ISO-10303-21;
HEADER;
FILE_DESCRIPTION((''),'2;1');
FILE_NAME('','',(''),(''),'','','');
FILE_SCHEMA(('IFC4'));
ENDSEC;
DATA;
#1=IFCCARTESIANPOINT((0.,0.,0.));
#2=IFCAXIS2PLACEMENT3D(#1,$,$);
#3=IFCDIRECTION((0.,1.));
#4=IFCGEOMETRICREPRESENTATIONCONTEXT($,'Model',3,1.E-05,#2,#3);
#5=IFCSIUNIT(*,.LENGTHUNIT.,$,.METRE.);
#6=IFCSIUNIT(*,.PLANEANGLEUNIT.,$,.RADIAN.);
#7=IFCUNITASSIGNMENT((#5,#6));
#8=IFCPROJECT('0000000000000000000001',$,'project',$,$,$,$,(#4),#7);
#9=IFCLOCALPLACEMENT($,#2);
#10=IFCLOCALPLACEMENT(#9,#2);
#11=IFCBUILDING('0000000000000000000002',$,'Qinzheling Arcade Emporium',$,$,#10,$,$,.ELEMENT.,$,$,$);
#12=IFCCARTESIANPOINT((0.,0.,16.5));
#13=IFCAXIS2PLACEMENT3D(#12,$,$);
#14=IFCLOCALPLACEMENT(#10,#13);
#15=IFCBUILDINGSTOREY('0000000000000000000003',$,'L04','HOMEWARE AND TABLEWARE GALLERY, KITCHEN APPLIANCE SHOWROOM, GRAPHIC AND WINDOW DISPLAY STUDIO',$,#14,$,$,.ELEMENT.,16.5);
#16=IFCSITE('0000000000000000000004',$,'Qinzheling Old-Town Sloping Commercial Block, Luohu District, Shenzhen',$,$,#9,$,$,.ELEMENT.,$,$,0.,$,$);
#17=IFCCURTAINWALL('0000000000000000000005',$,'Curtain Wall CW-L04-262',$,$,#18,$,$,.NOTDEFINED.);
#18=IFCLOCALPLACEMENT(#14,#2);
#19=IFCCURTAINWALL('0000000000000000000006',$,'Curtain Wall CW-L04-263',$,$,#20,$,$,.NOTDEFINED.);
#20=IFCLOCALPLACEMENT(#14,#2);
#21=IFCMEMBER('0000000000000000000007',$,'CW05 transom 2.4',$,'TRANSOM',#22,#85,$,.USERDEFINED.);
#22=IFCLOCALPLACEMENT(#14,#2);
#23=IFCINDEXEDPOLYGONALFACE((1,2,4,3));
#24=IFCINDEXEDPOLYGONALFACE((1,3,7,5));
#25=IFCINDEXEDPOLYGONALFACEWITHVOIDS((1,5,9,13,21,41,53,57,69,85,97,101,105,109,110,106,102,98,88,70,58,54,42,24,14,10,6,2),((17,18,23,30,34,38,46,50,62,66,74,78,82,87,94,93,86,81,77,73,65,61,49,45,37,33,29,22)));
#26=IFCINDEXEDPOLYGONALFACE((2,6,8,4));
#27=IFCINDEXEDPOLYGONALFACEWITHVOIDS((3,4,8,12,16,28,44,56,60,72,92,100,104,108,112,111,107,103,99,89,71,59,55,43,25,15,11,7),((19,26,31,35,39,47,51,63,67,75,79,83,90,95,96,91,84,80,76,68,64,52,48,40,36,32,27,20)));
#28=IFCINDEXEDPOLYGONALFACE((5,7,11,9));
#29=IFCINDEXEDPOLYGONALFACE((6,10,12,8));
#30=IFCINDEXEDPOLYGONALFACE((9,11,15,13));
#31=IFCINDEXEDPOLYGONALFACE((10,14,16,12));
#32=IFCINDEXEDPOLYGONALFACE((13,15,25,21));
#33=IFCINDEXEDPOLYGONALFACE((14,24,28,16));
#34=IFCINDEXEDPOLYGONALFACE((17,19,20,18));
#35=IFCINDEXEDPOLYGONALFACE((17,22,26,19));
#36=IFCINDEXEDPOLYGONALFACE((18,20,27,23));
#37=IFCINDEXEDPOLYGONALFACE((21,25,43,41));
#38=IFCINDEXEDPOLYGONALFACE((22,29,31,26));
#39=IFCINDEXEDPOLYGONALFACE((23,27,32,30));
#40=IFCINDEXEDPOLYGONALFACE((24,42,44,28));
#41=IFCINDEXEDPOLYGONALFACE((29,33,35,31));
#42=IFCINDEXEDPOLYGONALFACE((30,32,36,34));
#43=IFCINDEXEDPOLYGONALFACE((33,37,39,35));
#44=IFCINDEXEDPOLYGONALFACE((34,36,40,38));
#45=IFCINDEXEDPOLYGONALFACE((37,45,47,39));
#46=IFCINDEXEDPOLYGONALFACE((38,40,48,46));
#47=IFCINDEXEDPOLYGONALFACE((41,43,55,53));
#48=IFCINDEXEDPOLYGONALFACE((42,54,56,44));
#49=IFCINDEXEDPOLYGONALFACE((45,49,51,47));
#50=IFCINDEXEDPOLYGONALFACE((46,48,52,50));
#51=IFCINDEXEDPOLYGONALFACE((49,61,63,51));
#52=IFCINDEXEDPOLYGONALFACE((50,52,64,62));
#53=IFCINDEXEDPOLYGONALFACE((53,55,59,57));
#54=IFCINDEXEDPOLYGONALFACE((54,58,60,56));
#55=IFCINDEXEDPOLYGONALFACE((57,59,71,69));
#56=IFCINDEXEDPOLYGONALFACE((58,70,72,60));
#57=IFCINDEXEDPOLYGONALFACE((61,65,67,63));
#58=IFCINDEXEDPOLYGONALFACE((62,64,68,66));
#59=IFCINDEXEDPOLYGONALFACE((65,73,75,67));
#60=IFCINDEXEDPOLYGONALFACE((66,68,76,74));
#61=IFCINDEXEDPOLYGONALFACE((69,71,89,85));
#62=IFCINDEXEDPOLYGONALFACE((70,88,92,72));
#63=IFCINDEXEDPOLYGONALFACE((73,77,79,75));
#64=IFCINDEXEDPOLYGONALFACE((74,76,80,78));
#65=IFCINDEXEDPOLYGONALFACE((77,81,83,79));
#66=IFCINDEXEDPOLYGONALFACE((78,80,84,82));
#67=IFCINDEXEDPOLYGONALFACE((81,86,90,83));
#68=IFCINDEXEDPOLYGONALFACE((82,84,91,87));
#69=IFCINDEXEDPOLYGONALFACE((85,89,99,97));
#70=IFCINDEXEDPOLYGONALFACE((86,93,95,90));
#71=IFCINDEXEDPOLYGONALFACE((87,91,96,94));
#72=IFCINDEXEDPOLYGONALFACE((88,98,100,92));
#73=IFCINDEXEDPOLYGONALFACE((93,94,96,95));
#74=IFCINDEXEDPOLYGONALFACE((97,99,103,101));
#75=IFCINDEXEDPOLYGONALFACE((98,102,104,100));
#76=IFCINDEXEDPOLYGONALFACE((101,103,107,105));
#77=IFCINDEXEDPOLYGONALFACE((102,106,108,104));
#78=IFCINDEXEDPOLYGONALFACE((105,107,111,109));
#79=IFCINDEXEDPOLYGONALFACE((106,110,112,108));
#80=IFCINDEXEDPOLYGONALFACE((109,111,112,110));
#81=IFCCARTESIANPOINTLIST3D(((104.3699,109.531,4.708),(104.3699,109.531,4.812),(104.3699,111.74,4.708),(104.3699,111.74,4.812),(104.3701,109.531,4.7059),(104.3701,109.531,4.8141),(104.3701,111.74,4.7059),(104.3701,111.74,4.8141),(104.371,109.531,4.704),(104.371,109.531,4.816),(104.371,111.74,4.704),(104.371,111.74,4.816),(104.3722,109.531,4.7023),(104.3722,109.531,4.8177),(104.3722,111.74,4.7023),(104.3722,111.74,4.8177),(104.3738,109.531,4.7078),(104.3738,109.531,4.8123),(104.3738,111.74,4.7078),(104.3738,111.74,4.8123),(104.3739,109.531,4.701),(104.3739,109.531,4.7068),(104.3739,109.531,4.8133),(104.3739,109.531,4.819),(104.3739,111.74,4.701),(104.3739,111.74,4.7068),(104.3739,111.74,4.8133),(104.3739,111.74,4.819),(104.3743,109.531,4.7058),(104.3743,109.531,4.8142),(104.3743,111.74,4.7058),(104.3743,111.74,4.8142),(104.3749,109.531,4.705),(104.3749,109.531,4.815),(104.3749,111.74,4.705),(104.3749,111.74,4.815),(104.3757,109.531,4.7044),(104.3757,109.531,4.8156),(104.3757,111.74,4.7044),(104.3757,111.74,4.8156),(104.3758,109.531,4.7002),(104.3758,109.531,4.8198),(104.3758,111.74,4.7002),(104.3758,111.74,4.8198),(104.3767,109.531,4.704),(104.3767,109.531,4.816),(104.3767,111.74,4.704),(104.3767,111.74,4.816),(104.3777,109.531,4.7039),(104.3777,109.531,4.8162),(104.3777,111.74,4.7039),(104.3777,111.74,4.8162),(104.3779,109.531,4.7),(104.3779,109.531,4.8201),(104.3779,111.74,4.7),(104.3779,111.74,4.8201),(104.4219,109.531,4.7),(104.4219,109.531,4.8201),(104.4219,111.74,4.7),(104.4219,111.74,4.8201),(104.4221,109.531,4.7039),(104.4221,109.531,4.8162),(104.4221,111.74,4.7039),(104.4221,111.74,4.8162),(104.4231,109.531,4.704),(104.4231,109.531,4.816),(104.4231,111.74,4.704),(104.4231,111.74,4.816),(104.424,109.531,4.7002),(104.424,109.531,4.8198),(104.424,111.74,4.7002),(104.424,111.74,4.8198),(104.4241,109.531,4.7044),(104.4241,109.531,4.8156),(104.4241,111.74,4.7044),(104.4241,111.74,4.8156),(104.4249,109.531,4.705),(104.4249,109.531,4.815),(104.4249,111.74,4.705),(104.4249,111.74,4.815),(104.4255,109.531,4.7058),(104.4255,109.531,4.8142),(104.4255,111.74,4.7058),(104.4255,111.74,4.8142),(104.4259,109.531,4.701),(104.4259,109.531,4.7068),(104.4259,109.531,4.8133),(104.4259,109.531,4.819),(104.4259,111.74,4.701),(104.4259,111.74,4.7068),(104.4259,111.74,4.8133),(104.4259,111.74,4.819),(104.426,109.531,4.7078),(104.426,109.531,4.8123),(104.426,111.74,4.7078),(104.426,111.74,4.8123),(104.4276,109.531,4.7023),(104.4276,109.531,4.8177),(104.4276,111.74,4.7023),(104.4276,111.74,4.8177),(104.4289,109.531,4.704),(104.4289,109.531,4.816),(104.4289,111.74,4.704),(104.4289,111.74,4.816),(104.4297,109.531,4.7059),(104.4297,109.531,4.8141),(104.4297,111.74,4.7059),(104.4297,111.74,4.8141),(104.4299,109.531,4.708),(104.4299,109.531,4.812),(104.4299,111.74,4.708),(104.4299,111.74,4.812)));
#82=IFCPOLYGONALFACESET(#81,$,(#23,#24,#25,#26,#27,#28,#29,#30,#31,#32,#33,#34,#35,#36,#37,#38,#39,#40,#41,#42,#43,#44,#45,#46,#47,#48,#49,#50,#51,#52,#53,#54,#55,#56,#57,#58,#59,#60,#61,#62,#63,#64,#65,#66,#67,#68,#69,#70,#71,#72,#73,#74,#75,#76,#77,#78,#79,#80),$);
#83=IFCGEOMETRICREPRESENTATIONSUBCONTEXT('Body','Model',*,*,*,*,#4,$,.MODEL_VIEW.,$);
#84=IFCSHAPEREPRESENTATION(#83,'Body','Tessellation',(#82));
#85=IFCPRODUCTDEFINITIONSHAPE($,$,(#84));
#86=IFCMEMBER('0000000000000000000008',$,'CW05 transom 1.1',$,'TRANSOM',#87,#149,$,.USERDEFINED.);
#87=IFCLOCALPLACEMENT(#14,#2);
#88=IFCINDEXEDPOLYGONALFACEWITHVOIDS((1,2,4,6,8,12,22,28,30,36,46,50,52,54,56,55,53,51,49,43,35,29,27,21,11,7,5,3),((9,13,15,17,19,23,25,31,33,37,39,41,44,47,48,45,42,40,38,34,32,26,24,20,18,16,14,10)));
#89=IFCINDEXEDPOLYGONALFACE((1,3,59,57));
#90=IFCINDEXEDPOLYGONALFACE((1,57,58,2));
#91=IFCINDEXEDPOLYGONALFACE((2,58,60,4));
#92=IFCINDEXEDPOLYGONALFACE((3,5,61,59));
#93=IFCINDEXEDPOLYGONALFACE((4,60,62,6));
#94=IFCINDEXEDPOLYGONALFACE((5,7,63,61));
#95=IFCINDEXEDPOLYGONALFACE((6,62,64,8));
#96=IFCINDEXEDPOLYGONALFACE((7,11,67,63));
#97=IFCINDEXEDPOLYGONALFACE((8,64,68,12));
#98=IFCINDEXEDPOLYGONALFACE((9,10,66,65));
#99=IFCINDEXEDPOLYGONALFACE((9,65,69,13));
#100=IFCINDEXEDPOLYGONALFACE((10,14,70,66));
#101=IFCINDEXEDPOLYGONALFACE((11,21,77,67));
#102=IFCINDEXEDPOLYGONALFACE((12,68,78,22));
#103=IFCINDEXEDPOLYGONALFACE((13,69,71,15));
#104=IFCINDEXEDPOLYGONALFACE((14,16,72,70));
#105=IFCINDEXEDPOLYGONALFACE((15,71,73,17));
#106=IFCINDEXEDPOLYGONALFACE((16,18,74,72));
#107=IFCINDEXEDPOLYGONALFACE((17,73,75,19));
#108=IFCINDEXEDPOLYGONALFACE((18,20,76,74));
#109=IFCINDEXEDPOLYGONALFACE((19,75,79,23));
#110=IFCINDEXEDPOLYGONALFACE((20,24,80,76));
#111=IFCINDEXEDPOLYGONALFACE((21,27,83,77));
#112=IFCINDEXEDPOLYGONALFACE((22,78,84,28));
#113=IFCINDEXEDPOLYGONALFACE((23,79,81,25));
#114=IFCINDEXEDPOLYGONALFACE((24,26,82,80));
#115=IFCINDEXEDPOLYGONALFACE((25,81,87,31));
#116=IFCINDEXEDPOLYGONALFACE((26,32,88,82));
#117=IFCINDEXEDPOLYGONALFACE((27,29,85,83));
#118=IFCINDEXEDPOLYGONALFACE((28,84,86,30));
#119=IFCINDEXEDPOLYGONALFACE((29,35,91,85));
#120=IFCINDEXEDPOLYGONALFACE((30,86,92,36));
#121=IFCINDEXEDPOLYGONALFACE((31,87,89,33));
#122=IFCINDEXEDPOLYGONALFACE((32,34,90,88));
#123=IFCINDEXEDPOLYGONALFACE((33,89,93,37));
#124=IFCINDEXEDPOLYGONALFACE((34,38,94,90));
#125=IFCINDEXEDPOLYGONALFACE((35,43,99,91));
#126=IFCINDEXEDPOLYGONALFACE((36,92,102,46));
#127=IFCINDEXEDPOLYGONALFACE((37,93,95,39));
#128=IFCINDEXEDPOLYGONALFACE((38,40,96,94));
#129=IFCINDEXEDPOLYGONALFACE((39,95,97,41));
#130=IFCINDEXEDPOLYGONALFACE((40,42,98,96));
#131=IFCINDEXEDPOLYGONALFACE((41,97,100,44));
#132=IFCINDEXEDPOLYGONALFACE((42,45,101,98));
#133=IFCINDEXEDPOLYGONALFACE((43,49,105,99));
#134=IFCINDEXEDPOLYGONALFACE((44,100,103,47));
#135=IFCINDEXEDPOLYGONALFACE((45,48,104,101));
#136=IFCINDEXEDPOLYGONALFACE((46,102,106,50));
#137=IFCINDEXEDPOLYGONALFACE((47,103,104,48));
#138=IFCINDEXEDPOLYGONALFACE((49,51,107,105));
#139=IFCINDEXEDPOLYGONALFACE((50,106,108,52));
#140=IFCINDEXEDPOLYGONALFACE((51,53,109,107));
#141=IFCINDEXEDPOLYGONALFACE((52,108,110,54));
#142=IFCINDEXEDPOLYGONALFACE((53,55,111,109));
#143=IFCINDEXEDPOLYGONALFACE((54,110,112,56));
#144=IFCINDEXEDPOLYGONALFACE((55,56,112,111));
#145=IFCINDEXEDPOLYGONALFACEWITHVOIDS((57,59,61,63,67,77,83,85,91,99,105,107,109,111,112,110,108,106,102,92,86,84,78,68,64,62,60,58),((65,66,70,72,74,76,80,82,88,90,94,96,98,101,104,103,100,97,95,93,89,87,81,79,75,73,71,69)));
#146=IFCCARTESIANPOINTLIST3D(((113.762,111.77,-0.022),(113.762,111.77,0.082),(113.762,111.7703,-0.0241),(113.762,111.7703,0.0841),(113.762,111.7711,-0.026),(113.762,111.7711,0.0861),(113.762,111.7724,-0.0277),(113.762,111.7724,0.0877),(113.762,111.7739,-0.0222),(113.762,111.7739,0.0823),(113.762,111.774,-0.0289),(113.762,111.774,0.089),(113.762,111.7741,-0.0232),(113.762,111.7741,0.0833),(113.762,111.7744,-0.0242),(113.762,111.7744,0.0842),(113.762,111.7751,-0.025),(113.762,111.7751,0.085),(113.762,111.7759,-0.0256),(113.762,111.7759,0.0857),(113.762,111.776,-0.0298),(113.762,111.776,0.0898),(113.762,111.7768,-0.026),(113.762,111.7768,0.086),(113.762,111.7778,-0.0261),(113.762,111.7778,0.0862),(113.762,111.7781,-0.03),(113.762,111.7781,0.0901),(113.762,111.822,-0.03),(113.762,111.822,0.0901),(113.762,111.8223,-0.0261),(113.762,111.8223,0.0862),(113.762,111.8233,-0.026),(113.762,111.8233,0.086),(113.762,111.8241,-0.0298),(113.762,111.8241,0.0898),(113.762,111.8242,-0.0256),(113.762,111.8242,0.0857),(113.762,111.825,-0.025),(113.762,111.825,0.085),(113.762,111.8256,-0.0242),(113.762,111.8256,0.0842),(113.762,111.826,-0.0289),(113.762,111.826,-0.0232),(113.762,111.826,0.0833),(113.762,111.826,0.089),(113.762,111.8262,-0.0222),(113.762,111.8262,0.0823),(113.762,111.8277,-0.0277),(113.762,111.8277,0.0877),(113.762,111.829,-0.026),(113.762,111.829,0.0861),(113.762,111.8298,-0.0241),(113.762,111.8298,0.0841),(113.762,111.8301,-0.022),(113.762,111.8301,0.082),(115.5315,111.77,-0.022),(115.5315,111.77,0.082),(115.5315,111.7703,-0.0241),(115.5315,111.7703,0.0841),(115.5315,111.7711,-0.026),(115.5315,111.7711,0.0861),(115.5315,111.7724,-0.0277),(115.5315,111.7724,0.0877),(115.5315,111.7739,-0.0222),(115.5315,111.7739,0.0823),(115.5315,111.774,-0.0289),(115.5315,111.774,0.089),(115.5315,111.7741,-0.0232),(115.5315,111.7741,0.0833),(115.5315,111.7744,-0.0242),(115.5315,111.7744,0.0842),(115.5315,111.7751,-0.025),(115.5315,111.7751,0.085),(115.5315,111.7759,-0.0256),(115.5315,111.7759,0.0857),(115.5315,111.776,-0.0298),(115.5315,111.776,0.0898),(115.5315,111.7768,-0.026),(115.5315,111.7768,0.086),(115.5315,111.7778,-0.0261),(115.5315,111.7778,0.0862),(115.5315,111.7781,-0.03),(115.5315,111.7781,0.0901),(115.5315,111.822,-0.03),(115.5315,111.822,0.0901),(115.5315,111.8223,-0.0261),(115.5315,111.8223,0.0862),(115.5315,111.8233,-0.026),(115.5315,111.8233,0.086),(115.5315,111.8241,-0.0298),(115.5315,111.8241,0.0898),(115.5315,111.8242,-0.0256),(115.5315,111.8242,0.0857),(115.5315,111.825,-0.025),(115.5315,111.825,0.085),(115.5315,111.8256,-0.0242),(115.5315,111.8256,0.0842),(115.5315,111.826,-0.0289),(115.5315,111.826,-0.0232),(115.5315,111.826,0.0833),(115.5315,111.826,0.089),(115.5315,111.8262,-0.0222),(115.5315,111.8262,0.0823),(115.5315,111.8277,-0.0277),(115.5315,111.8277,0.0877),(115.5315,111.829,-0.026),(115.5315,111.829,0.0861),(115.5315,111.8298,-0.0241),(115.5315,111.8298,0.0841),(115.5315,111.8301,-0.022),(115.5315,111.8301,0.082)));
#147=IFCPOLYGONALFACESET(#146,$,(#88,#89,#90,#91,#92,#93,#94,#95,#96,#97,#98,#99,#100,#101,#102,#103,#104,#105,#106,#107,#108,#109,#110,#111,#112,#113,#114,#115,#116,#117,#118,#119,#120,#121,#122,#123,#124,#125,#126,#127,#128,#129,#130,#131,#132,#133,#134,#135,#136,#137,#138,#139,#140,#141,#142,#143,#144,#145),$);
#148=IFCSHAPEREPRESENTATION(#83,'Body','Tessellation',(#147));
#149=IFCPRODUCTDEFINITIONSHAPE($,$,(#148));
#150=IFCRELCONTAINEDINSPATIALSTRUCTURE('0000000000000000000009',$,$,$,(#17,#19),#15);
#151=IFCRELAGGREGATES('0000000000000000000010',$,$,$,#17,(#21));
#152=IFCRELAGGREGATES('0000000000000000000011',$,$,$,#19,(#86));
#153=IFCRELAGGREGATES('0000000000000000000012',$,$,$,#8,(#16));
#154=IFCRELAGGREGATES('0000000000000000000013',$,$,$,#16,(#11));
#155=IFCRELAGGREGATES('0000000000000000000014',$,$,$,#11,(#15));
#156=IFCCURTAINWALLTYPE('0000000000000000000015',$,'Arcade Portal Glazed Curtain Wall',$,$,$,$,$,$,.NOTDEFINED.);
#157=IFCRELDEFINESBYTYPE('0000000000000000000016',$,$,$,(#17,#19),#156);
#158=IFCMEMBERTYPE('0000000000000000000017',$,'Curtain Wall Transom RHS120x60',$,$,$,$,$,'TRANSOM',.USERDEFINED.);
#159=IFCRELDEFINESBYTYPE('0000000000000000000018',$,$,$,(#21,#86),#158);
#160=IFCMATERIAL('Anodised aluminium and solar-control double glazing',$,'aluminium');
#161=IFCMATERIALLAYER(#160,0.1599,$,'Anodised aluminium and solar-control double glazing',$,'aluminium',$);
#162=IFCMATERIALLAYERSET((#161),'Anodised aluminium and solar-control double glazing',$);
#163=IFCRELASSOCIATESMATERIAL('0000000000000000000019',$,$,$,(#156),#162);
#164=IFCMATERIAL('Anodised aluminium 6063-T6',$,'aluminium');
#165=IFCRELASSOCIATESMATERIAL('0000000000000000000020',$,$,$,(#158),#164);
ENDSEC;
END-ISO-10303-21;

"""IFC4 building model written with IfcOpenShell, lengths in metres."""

from ifc_helpers import new_model, si_unit, direction, frame, origin, origin_2d, place, context, subcontext, project, spatial, hollow_rectangle, extrude, material, layer, layer_set, material_profile, profile_set, type_object, element, aggregate, save


model = new_model("IFC4")

# Units and contexts
model_context = context("Model", 3, precision=1e-05, world=origin(), true_north=direction((0.0, 1.0)))
body_context = subcontext(model_context, "Body", "Model", "MODEL_VIEW")
ifc_project = project(units=[si_unit("LENGTHUNIT", "METRE"), si_unit("PLANEANGLEUNIT", "RADIAN")], contexts=[model_context])

# Site, building, storey
site_placement = place(None, origin())
site = spatial("IfcSite", under=ifc_project, at=site_placement, Name="Qinzheling Old-Town Sloping Commercial Block, Luohu District, Shenzhen", CompositionType="ELEMENT", RefElevation=0.0)
building_placement = place(site_placement, origin())
building = spatial("IfcBuilding", under=site, at=building_placement, Name="Qinzheling Arcade Emporium", CompositionType="ELEMENT")
storey_placement = place(building_placement, frame((0.0, 0.0, 16.5)))
storey = spatial("IfcBuildingStorey", under=building, at=storey_placement, Name="L04", Description="HOMEWARE AND TABLEWARE GALLERY, KITCHEN APPLIANCE SHOWROOM, GRAPHIC AND WINDOW DISPLAY STUDIO", CompositionType="ELEMENT", Elevation=16.5)

# Curtain wall
ifc_material_1 = material(Name="Anodised aluminium and solar-control double glazing", Category="aluminium")
ifc_layer_1 = layer(ifc_material_1, 0.1599, Name="Anodised aluminium and solar-control double glazing", Category="aluminium")
ifc_layer_set_1 = layer_set([ifc_layer_1], Name="Anodised aluminium and solar-control double glazing")
curtain_wall_type = type_object("IfcCurtainWallType", Name="Arcade Portal Glazed Curtain Wall", PredefinedType="NOTDEFINED", material=ifc_layer_set_1)
curtain_wall_1_placement = place(storey_placement, origin())
curtain_wall_1 = element("IfcCurtainWall", 1, at=curtain_wall_1_placement, inside=storey, type_object=curtain_wall_type, Name="Curtain Wall CW-L04-262", PredefinedType="NOTDEFINED")
ifc_material_2 = material(Name="Anodised aluminium 6063-T6", Category="aluminium")

# Curtain wall
curtain_wall_2_placement = place(storey_placement, origin())
curtain_wall_2 = element("IfcCurtainWall", 2, at=curtain_wall_2_placement, inside=storey, type_object=curtain_wall_type, Name="Curtain Wall CW-L04-263", PredefinedType="NOTDEFINED")

# Members
ifc_material_profile_1 = material_profile(ifc_material_2, hollow_rectangle(XDim=0.0601, YDim=0.1201, WallThickness=0.0039, InnerFilletRadius=0.0039, OuterFilletRadius=0.0081, at=origin_2d()), Name="RHS 120x60x4", Category="aluminium")
ifc_profile_set_1 = profile_set([ifc_material_profile_1], Name="Anodised aluminium 6063-T6")
member_type_1 = type_object("IfcMemberType", Name="Curtain Wall Transom RHS120x60", ElementType="TRANSOM", PredefinedType="USERDEFINED", material=ifc_profile_set_1)
member_1_placement = place(storey_placement, frame((104.3999, 109.531, 4.76), z_axis=(0.0, 1.0, 0.0), x_axis=(-1.0, 0.0, 0.0)))
member_1 = element("IfcMember", 3, at=member_1_placement, type_object=member_type_1, Name="CW05 transom 2.4", ObjectType="TRANSOM", PredefinedType="USERDEFINED", context=body_context, shape_type="SweptSolid", body=[
    extrude(hollow_rectangle(XDim=0.0601, YDim=0.1201, WallThickness=0.0039, InnerFilletRadius=0.0039, OuterFilletRadius=0.0081, at=origin_2d()), origin(), (0.0, 0.0, 1.0), 2.209),
])
member_2_placement = place(storey_placement, frame((113.762, 111.8, 0.03), z_axis=(1.0, 0.0, 0.0), x_axis=(0.0, 1.0, 0.0)))
member_2 = element("IfcMember", 4, at=member_2_placement, type_object=member_type_1, Name="CW05 transom 1.1", ObjectType="TRANSOM", PredefinedType="USERDEFINED", context=body_context, shape_type="SweptSolid", body=[
    extrude(hollow_rectangle(XDim=0.0601, YDim=0.1201, WallThickness=0.0039, InnerFilletRadius=0.0039, OuterFilletRadius=0.0081, at=origin_2d()), origin(), (0.0, 0.0, 1.0), 1.7695),
])

aggregate(curtain_wall_1, [member_1])
aggregate(curtain_wall_2, [member_2])

save(model, "model.ifc")
